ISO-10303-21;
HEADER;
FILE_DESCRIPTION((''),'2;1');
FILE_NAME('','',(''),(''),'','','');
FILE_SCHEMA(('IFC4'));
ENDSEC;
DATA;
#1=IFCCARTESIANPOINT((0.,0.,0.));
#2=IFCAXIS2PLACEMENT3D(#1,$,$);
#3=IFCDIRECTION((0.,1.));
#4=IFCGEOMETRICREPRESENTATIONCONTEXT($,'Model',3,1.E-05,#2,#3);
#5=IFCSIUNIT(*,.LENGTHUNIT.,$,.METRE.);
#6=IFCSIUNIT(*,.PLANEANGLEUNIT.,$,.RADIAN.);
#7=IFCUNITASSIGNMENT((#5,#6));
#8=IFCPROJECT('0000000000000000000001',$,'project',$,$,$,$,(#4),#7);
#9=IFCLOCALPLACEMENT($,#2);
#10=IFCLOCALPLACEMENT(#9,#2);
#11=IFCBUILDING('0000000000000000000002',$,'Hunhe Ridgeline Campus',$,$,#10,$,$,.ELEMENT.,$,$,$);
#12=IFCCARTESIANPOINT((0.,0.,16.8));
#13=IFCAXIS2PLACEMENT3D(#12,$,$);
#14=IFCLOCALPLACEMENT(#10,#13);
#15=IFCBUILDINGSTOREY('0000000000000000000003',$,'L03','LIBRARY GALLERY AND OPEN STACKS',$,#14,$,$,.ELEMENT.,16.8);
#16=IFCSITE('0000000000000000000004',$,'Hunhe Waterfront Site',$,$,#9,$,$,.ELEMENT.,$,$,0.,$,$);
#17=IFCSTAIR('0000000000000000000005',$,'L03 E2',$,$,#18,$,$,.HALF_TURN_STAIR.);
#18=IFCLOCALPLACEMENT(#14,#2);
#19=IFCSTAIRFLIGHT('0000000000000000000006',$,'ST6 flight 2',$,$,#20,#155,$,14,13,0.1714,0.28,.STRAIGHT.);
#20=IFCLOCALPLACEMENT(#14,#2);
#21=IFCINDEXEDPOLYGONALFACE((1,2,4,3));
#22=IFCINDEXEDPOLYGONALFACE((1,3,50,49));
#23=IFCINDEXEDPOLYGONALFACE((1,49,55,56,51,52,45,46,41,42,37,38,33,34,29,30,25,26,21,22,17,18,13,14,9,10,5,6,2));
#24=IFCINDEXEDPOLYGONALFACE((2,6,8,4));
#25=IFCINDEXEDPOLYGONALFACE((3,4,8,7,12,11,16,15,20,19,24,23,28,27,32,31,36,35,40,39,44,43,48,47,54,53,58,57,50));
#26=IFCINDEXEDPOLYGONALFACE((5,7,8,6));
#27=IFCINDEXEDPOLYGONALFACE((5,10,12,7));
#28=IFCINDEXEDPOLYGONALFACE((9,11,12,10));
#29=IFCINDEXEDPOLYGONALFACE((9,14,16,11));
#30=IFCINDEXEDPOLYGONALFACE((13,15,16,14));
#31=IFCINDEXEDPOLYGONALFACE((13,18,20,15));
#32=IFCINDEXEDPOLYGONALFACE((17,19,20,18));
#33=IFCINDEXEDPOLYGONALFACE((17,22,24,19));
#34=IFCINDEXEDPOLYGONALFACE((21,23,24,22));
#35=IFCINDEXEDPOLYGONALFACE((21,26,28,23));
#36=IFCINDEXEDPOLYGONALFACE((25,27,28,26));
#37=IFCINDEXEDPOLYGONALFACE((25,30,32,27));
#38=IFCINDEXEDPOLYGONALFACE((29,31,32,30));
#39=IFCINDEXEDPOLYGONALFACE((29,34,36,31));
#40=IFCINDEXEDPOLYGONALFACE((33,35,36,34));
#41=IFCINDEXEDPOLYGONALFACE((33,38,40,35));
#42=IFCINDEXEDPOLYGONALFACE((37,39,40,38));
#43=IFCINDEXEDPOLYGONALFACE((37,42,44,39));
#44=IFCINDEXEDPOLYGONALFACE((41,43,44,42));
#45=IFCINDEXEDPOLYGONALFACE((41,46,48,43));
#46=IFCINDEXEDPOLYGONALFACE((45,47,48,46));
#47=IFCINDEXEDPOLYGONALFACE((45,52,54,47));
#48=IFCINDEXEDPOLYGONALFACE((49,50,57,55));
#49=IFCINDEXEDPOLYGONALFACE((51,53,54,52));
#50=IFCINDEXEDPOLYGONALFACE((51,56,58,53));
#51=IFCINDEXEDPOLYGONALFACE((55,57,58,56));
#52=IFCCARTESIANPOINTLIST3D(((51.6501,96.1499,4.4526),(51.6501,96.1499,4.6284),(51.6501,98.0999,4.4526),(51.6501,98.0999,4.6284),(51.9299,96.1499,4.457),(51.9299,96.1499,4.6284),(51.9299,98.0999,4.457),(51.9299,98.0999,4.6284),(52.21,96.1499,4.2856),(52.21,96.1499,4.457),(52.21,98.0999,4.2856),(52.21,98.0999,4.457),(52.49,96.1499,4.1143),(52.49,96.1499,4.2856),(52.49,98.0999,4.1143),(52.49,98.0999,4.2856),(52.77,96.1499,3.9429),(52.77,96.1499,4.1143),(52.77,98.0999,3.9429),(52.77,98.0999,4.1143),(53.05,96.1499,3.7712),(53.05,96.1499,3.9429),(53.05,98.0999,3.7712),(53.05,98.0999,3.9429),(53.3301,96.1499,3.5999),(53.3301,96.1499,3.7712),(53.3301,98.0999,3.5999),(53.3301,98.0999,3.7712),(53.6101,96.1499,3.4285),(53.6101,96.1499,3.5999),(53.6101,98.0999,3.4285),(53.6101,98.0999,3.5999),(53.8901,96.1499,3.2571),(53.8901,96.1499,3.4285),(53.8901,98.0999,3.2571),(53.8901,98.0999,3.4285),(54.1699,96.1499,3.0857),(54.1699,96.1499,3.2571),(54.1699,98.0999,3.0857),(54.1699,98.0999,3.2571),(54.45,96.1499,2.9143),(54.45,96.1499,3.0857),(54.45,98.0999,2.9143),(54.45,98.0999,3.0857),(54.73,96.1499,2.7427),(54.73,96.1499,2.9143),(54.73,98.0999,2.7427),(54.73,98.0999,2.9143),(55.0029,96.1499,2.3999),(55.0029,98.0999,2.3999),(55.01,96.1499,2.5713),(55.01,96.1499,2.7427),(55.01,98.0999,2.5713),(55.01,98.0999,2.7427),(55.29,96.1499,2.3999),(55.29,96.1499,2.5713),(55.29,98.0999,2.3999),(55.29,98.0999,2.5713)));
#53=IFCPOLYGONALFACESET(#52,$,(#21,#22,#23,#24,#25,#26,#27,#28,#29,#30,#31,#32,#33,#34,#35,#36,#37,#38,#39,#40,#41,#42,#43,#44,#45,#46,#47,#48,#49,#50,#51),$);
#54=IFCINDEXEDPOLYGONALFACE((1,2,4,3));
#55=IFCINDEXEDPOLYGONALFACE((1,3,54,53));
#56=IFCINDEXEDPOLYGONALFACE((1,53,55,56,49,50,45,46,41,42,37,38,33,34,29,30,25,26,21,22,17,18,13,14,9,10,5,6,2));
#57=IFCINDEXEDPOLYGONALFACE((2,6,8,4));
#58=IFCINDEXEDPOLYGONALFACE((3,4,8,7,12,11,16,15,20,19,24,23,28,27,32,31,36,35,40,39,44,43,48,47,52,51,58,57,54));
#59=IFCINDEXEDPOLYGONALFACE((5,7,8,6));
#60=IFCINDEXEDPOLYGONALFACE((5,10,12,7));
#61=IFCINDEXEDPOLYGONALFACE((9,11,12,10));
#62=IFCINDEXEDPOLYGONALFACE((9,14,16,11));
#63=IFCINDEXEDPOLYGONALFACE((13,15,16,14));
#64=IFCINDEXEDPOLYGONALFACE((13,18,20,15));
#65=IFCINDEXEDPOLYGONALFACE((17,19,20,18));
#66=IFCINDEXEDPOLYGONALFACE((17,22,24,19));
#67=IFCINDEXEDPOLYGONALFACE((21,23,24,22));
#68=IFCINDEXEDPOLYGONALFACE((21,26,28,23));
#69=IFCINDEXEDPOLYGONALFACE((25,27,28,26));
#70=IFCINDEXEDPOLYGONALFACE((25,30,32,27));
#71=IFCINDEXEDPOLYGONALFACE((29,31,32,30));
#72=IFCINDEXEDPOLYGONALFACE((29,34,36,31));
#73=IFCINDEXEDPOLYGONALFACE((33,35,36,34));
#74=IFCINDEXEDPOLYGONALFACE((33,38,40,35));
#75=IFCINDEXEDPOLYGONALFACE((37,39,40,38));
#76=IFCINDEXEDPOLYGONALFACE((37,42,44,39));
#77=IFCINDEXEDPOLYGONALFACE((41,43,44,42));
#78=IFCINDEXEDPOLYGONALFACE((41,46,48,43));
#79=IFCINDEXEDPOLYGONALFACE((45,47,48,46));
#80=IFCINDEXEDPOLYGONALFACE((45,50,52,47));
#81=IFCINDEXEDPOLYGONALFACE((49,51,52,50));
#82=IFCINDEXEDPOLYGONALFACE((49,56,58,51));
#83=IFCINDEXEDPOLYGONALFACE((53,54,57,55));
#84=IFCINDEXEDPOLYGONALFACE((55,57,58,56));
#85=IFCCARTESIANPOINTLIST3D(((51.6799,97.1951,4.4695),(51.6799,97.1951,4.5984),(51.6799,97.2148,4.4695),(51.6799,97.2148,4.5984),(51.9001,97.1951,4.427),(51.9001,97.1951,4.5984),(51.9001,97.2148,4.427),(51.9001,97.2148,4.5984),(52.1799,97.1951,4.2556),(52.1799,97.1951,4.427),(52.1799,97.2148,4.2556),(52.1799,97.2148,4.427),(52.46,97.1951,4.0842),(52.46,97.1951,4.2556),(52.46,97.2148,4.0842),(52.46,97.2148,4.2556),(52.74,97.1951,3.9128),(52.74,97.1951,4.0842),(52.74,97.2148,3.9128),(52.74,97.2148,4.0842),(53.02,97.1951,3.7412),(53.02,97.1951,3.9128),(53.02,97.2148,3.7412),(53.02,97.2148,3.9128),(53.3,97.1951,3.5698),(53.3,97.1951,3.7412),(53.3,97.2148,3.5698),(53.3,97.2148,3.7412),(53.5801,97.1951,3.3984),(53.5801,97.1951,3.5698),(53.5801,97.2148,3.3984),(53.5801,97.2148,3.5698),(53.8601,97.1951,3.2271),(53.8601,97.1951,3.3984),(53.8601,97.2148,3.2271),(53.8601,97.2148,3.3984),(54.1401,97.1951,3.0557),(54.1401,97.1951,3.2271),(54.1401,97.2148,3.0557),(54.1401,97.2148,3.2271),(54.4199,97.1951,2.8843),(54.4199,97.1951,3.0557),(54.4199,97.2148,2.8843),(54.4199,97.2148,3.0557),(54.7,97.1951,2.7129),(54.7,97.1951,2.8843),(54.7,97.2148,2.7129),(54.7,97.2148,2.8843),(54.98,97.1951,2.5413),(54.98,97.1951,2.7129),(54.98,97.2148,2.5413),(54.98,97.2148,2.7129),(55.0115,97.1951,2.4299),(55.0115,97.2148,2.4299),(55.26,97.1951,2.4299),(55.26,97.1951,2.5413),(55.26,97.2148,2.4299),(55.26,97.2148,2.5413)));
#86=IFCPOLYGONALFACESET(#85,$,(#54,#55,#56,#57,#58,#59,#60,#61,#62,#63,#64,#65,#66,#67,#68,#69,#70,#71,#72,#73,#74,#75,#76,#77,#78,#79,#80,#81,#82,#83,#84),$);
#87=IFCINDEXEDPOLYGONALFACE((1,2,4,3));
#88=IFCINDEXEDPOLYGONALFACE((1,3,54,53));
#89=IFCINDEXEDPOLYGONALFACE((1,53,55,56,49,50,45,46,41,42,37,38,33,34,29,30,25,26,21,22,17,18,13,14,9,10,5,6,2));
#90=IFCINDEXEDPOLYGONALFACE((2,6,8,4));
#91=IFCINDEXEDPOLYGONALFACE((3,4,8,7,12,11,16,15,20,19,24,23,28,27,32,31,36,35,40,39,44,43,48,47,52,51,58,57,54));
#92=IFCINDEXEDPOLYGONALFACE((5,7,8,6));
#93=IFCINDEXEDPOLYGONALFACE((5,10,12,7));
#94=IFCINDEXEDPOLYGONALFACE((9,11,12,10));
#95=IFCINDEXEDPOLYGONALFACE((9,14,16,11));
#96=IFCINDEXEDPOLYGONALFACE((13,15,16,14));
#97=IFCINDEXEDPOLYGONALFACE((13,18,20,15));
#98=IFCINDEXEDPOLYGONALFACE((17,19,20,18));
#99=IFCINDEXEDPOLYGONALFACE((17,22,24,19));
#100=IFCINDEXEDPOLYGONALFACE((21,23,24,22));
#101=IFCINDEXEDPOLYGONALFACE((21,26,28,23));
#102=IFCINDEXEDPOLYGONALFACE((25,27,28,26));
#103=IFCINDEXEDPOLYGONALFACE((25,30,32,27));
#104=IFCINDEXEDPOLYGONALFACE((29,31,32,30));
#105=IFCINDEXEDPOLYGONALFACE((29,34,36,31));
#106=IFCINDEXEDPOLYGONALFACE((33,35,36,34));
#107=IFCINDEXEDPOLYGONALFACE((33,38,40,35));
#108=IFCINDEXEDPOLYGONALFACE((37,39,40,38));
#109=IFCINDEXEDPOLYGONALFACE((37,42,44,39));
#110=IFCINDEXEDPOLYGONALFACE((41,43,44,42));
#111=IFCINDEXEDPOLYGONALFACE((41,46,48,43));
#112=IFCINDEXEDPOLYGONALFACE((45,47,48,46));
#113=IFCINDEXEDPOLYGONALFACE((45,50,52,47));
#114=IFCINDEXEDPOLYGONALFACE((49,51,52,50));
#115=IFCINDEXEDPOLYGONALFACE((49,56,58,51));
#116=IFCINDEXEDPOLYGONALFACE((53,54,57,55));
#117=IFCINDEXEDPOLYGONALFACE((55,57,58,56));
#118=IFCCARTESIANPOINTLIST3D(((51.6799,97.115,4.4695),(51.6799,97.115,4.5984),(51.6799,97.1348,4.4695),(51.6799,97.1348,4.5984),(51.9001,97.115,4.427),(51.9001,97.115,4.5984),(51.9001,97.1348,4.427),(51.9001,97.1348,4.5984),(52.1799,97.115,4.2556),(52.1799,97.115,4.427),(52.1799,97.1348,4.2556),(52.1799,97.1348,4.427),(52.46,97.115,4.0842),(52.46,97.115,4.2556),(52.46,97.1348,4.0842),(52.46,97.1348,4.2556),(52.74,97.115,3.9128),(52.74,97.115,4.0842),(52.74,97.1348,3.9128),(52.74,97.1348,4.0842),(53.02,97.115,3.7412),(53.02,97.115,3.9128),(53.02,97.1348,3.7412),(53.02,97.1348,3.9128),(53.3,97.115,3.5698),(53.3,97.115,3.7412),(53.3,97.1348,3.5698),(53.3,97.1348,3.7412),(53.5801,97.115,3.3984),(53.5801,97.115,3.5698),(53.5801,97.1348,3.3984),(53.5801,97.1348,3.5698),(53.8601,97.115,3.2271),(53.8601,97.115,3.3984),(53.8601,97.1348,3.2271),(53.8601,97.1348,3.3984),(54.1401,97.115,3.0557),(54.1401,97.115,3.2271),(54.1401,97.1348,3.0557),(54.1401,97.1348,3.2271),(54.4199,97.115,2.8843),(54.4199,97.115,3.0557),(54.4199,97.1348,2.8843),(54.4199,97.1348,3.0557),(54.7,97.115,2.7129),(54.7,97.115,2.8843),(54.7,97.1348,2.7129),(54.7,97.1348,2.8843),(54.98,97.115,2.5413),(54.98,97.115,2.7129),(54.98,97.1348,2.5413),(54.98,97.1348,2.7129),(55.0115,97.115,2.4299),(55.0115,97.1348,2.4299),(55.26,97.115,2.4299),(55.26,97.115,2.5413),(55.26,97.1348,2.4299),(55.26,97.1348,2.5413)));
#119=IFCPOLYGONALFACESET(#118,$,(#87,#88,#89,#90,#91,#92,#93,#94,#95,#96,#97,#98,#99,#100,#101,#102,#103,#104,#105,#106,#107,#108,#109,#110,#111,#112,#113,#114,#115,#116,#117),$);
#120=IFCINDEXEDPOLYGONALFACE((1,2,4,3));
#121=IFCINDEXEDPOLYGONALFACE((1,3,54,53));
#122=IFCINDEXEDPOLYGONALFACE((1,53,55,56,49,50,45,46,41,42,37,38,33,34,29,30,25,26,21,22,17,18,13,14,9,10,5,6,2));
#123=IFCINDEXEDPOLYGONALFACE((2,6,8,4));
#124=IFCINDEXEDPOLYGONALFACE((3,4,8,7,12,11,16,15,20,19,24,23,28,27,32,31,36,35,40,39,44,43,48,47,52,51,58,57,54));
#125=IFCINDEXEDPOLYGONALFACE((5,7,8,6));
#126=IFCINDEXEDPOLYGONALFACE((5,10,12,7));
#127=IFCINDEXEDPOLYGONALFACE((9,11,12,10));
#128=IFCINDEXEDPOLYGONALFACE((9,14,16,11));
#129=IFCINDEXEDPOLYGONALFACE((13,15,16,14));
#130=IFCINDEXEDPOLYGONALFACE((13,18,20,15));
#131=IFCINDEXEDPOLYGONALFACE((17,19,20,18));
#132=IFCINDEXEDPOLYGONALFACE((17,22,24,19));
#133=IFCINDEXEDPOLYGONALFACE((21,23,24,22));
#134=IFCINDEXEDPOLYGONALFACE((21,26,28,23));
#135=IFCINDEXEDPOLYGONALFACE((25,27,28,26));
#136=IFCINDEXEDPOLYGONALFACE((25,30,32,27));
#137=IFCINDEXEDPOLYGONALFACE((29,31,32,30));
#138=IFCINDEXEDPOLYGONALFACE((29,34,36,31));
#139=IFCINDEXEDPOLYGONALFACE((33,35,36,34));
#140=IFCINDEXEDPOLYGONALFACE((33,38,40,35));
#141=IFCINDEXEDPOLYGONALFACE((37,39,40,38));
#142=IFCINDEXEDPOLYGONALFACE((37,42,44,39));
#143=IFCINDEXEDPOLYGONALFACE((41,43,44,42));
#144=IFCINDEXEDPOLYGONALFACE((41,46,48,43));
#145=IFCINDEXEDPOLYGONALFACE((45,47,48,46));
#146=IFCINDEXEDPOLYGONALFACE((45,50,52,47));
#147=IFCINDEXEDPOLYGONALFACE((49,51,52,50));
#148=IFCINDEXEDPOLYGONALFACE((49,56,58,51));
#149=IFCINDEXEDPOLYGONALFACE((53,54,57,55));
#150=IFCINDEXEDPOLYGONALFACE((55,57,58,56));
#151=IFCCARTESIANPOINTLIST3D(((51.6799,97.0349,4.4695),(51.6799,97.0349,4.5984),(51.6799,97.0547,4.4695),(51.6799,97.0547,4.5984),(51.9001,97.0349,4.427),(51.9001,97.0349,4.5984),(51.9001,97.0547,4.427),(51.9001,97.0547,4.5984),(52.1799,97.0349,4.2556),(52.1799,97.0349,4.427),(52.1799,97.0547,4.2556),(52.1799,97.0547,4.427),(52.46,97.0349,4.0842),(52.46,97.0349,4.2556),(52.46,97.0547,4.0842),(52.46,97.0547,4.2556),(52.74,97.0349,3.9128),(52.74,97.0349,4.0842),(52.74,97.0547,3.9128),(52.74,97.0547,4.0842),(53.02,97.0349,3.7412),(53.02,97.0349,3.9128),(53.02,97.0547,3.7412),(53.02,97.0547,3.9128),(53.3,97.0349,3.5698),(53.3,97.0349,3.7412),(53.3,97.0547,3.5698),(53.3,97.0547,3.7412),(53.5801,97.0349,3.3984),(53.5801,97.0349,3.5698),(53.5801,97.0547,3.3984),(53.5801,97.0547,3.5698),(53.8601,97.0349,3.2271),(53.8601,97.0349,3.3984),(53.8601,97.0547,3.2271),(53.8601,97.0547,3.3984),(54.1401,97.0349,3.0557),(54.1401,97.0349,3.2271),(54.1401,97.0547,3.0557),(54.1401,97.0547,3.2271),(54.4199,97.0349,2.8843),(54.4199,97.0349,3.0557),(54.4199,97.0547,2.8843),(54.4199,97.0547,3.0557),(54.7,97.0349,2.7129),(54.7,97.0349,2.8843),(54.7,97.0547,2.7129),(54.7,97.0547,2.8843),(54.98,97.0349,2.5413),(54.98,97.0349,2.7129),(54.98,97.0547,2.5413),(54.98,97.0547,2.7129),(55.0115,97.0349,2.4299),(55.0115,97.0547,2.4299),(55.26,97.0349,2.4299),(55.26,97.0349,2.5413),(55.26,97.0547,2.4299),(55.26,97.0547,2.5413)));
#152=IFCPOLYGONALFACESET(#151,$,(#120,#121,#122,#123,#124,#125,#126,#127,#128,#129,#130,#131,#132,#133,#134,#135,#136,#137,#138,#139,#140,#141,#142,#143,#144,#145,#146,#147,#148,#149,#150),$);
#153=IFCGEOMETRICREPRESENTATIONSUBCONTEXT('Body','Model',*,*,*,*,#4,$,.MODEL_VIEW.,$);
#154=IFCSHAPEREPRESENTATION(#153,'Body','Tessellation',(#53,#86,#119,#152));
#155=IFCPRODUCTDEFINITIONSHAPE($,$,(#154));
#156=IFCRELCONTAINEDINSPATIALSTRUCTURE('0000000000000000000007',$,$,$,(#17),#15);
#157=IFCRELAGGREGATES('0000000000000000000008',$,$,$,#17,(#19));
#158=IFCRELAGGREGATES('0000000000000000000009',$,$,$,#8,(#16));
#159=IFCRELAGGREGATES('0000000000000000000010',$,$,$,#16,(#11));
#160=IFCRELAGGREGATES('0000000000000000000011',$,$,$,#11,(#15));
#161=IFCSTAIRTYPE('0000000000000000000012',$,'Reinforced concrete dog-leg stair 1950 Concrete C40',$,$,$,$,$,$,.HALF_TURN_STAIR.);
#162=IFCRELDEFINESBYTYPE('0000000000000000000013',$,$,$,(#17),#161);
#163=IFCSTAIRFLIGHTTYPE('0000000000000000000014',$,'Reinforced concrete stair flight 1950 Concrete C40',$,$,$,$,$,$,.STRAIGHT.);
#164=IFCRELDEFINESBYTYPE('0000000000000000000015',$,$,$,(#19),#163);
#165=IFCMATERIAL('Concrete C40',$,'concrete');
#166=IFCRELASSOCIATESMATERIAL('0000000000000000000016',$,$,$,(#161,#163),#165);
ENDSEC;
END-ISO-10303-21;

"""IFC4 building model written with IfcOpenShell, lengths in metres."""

from ifc_helpers import new_model, si_unit, direction, frame, origin, place, context, subcontext, project, spatial, polyline, outline, extrude, material, type_object, element, aggregate, save


model = new_model("IFC4")

# Units and contexts
model_context = context("Model", 3, precision=1e-05, world=origin(), true_north=direction((0.0, 1.0)))
body_context = subcontext(model_context, "Body", "Model", "MODEL_VIEW")
ifc_project = project(units=[si_unit("LENGTHUNIT", "METRE"), si_unit("PLANEANGLEUNIT", "RADIAN")], contexts=[model_context])

# Site, building, storey
site_placement = place(None, origin())
site = spatial("IfcSite", under=ifc_project, at=site_placement, Name="Hunhe Waterfront Site", CompositionType="ELEMENT", RefElevation=0.0)
building_placement = place(site_placement, origin())
building = spatial("IfcBuilding", under=site, at=building_placement, Name="Hunhe Ridgeline Campus", CompositionType="ELEMENT")
storey_placement = place(building_placement, frame((0.0, 0.0, 16.8)))
storey = spatial("IfcBuildingStorey", under=building, at=storey_placement, Name="L03", Description="LIBRARY GALLERY AND OPEN STACKS", CompositionType="ELEMENT", Elevation=16.8)

# Stair, stair flight
ifc_material_1 = material(Name="Concrete C40", Category="concrete")
stair_type = type_object("IfcStairType", Name="Reinforced concrete dog-leg stair 1950 Concrete C40", PredefinedType="HALF_TURN_STAIR", material=ifc_material_1)
stair_placement = place(storey_placement, origin())
stair = element("IfcStair", 1, at=stair_placement, inside=storey, type_object=stair_type, Name="L03 E2", PredefinedType="HALF_TURN_STAIR")
stair_flight_type = type_object("IfcStairFlightType", Name="Reinforced concrete stair flight 1950 Concrete C40", PredefinedType="STRAIGHT", material=ifc_material_1)
stair_flight_1_placement = place(storey_placement, frame((55.29, 97.125, 2.3999), z_axis=(0.0, 0.0, 1.0), x_axis=(-1.0, 0.0, 0.0)))
stair_flight_1 = element("IfcStairFlight", 2, at=stair_flight_1_placement, type_object=stair_flight_type, Name="ST6 flight 2", NumberOfRisers=14, NumberOfTreads=13, PredefinedType="STRAIGHT", RiserHeight=0.1714, TreadLength=0.28, context=body_context, shape_type="SweptSolid", body=[
    extrude(outline(polyline([(0.0, 0.0), (0.0, 0.1714), (0.28, 0.1714), (0.28, 0.3428), (0.5601, 0.3428), (0.5601, 0.5144), (0.8401, 0.5144), (0.8401, 0.6858), (1.1201, 0.6858), (1.1201, 0.8572), (1.3999, 0.8572), (1.3999, 1.0286), (1.6799, 1.0286), (1.6799, 1.2), (1.96, 1.2), (1.96, 1.3713), (2.24, 1.3713), (2.24, 1.543), (2.52, 1.543), (2.52, 1.7144), (2.8, 1.7144), (2.8, 1.8857), (3.0801, 1.8857), (3.0801, 2.0571), (3.3601, 2.0571), (3.3601, 2.2285), (3.6399, 2.2285), (3.6399, 2.3999), (3.6399, 2.0527), (0.2871, 0.0), (0.0, 0.0)])), frame((0.0, 0.9751, 0.0), z_axis=(0.0, -1.0, 0.0), x_axis=(1.0, 0.0, 0.0)), (0.0, 0.0, 1.0), 1.95),
    extrude(outline(polyline([(0.03, 0.03), (0.03, 0.1414), (0.3101, 0.1414), (0.3101, 0.313), (0.5901, 0.313), (0.5901, 0.4844), (0.8701, 0.4844), (0.8701, 0.6558), (1.1499, 0.6558), (1.1499, 0.8271), (1.4299, 0.8271), (1.4299, 0.9985), (1.71, 0.9985), (1.71, 1.1699), (1.99, 1.1699), (1.99, 1.3413), (2.27, 1.3413), (2.27, 1.5129), (2.55, 1.5129), (2.55, 1.6843), (2.8301, 1.6843), (2.8301, 1.8557), (3.1101, 1.8557), (3.1101, 2.0271), (3.3899, 2.0271), (3.3899, 2.1985), (3.6101, 2.1985), (3.6101, 2.0696), (0.2786, 0.03), (0.03, 0.03)])), frame((0.0, -0.0701, 0.0), z_axis=(0.0, -1.0, 0.0), x_axis=(1.0, 0.0, 0.0)), (0.0, 0.0, 1.0), 0.0198),
    extrude(outline(polyline([(0.03, 0.03), (0.03, 0.1414), (0.3101, 0.1414), (0.3101, 0.313), (0.5901, 0.313), (0.5901, 0.4844), (0.8701, 0.4844), (0.8701, 0.6558), (1.1499, 0.6558), (1.1499, 0.8271), (1.4299, 0.8271), (1.4299, 0.9985), (1.71, 0.9985), (1.71, 1.1699), (1.99, 1.1699), (1.99, 1.3413), (2.27, 1.3413), (2.27, 1.5129), (2.55, 1.5129), (2.55, 1.6843), (2.8301, 1.6843), (2.8301, 1.8557), (3.1101, 1.8557), (3.1101, 2.0271), (3.3899, 2.0271), (3.3899, 2.1985), (3.6101, 2.1985), (3.6101, 2.0696), (0.2786, 0.03), (0.03, 0.03)])), frame((0.0, 0.01, 0.0), z_axis=(0.0, -1.0, 0.0), x_axis=(1.0, 0.0, 0.0)), (0.0, 0.0, 1.0), 0.0198),
    extrude(outline(polyline([(0.03, 0.03), (0.03, 0.1414), (0.3101, 0.1414), (0.3101, 0.313), (0.5901, 0.313), (0.5901, 0.4844), (0.8701, 0.4844), (0.8701, 0.6558), (1.1499, 0.6558), (1.1499, 0.8271), (1.4299, 0.8271), (1.4299, 0.9985), (1.71, 0.9985), (1.71, 1.1699), (1.99, 1.1699), (1.99, 1.3413), (2.27, 1.3413), (2.27, 1.5129), (2.55, 1.5129), (2.55, 1.6843), (2.8301, 1.6843), (2.8301, 1.8557), (3.1101, 1.8557), (3.1101, 2.0271), (3.3899, 2.0271), (3.3899, 2.1985), (3.6101, 2.1985), (3.6101, 2.0696), (0.2786, 0.03), (0.03, 0.03)])), frame((0.0, 0.0901, 0.0), z_axis=(0.0, -1.0, 0.0), x_axis=(1.0, 0.0, 0.0)), (0.0, 0.0, 1.0), 0.0198),
])
aggregate(stair, [stair_flight_1])

save(model, "model.ifc")
